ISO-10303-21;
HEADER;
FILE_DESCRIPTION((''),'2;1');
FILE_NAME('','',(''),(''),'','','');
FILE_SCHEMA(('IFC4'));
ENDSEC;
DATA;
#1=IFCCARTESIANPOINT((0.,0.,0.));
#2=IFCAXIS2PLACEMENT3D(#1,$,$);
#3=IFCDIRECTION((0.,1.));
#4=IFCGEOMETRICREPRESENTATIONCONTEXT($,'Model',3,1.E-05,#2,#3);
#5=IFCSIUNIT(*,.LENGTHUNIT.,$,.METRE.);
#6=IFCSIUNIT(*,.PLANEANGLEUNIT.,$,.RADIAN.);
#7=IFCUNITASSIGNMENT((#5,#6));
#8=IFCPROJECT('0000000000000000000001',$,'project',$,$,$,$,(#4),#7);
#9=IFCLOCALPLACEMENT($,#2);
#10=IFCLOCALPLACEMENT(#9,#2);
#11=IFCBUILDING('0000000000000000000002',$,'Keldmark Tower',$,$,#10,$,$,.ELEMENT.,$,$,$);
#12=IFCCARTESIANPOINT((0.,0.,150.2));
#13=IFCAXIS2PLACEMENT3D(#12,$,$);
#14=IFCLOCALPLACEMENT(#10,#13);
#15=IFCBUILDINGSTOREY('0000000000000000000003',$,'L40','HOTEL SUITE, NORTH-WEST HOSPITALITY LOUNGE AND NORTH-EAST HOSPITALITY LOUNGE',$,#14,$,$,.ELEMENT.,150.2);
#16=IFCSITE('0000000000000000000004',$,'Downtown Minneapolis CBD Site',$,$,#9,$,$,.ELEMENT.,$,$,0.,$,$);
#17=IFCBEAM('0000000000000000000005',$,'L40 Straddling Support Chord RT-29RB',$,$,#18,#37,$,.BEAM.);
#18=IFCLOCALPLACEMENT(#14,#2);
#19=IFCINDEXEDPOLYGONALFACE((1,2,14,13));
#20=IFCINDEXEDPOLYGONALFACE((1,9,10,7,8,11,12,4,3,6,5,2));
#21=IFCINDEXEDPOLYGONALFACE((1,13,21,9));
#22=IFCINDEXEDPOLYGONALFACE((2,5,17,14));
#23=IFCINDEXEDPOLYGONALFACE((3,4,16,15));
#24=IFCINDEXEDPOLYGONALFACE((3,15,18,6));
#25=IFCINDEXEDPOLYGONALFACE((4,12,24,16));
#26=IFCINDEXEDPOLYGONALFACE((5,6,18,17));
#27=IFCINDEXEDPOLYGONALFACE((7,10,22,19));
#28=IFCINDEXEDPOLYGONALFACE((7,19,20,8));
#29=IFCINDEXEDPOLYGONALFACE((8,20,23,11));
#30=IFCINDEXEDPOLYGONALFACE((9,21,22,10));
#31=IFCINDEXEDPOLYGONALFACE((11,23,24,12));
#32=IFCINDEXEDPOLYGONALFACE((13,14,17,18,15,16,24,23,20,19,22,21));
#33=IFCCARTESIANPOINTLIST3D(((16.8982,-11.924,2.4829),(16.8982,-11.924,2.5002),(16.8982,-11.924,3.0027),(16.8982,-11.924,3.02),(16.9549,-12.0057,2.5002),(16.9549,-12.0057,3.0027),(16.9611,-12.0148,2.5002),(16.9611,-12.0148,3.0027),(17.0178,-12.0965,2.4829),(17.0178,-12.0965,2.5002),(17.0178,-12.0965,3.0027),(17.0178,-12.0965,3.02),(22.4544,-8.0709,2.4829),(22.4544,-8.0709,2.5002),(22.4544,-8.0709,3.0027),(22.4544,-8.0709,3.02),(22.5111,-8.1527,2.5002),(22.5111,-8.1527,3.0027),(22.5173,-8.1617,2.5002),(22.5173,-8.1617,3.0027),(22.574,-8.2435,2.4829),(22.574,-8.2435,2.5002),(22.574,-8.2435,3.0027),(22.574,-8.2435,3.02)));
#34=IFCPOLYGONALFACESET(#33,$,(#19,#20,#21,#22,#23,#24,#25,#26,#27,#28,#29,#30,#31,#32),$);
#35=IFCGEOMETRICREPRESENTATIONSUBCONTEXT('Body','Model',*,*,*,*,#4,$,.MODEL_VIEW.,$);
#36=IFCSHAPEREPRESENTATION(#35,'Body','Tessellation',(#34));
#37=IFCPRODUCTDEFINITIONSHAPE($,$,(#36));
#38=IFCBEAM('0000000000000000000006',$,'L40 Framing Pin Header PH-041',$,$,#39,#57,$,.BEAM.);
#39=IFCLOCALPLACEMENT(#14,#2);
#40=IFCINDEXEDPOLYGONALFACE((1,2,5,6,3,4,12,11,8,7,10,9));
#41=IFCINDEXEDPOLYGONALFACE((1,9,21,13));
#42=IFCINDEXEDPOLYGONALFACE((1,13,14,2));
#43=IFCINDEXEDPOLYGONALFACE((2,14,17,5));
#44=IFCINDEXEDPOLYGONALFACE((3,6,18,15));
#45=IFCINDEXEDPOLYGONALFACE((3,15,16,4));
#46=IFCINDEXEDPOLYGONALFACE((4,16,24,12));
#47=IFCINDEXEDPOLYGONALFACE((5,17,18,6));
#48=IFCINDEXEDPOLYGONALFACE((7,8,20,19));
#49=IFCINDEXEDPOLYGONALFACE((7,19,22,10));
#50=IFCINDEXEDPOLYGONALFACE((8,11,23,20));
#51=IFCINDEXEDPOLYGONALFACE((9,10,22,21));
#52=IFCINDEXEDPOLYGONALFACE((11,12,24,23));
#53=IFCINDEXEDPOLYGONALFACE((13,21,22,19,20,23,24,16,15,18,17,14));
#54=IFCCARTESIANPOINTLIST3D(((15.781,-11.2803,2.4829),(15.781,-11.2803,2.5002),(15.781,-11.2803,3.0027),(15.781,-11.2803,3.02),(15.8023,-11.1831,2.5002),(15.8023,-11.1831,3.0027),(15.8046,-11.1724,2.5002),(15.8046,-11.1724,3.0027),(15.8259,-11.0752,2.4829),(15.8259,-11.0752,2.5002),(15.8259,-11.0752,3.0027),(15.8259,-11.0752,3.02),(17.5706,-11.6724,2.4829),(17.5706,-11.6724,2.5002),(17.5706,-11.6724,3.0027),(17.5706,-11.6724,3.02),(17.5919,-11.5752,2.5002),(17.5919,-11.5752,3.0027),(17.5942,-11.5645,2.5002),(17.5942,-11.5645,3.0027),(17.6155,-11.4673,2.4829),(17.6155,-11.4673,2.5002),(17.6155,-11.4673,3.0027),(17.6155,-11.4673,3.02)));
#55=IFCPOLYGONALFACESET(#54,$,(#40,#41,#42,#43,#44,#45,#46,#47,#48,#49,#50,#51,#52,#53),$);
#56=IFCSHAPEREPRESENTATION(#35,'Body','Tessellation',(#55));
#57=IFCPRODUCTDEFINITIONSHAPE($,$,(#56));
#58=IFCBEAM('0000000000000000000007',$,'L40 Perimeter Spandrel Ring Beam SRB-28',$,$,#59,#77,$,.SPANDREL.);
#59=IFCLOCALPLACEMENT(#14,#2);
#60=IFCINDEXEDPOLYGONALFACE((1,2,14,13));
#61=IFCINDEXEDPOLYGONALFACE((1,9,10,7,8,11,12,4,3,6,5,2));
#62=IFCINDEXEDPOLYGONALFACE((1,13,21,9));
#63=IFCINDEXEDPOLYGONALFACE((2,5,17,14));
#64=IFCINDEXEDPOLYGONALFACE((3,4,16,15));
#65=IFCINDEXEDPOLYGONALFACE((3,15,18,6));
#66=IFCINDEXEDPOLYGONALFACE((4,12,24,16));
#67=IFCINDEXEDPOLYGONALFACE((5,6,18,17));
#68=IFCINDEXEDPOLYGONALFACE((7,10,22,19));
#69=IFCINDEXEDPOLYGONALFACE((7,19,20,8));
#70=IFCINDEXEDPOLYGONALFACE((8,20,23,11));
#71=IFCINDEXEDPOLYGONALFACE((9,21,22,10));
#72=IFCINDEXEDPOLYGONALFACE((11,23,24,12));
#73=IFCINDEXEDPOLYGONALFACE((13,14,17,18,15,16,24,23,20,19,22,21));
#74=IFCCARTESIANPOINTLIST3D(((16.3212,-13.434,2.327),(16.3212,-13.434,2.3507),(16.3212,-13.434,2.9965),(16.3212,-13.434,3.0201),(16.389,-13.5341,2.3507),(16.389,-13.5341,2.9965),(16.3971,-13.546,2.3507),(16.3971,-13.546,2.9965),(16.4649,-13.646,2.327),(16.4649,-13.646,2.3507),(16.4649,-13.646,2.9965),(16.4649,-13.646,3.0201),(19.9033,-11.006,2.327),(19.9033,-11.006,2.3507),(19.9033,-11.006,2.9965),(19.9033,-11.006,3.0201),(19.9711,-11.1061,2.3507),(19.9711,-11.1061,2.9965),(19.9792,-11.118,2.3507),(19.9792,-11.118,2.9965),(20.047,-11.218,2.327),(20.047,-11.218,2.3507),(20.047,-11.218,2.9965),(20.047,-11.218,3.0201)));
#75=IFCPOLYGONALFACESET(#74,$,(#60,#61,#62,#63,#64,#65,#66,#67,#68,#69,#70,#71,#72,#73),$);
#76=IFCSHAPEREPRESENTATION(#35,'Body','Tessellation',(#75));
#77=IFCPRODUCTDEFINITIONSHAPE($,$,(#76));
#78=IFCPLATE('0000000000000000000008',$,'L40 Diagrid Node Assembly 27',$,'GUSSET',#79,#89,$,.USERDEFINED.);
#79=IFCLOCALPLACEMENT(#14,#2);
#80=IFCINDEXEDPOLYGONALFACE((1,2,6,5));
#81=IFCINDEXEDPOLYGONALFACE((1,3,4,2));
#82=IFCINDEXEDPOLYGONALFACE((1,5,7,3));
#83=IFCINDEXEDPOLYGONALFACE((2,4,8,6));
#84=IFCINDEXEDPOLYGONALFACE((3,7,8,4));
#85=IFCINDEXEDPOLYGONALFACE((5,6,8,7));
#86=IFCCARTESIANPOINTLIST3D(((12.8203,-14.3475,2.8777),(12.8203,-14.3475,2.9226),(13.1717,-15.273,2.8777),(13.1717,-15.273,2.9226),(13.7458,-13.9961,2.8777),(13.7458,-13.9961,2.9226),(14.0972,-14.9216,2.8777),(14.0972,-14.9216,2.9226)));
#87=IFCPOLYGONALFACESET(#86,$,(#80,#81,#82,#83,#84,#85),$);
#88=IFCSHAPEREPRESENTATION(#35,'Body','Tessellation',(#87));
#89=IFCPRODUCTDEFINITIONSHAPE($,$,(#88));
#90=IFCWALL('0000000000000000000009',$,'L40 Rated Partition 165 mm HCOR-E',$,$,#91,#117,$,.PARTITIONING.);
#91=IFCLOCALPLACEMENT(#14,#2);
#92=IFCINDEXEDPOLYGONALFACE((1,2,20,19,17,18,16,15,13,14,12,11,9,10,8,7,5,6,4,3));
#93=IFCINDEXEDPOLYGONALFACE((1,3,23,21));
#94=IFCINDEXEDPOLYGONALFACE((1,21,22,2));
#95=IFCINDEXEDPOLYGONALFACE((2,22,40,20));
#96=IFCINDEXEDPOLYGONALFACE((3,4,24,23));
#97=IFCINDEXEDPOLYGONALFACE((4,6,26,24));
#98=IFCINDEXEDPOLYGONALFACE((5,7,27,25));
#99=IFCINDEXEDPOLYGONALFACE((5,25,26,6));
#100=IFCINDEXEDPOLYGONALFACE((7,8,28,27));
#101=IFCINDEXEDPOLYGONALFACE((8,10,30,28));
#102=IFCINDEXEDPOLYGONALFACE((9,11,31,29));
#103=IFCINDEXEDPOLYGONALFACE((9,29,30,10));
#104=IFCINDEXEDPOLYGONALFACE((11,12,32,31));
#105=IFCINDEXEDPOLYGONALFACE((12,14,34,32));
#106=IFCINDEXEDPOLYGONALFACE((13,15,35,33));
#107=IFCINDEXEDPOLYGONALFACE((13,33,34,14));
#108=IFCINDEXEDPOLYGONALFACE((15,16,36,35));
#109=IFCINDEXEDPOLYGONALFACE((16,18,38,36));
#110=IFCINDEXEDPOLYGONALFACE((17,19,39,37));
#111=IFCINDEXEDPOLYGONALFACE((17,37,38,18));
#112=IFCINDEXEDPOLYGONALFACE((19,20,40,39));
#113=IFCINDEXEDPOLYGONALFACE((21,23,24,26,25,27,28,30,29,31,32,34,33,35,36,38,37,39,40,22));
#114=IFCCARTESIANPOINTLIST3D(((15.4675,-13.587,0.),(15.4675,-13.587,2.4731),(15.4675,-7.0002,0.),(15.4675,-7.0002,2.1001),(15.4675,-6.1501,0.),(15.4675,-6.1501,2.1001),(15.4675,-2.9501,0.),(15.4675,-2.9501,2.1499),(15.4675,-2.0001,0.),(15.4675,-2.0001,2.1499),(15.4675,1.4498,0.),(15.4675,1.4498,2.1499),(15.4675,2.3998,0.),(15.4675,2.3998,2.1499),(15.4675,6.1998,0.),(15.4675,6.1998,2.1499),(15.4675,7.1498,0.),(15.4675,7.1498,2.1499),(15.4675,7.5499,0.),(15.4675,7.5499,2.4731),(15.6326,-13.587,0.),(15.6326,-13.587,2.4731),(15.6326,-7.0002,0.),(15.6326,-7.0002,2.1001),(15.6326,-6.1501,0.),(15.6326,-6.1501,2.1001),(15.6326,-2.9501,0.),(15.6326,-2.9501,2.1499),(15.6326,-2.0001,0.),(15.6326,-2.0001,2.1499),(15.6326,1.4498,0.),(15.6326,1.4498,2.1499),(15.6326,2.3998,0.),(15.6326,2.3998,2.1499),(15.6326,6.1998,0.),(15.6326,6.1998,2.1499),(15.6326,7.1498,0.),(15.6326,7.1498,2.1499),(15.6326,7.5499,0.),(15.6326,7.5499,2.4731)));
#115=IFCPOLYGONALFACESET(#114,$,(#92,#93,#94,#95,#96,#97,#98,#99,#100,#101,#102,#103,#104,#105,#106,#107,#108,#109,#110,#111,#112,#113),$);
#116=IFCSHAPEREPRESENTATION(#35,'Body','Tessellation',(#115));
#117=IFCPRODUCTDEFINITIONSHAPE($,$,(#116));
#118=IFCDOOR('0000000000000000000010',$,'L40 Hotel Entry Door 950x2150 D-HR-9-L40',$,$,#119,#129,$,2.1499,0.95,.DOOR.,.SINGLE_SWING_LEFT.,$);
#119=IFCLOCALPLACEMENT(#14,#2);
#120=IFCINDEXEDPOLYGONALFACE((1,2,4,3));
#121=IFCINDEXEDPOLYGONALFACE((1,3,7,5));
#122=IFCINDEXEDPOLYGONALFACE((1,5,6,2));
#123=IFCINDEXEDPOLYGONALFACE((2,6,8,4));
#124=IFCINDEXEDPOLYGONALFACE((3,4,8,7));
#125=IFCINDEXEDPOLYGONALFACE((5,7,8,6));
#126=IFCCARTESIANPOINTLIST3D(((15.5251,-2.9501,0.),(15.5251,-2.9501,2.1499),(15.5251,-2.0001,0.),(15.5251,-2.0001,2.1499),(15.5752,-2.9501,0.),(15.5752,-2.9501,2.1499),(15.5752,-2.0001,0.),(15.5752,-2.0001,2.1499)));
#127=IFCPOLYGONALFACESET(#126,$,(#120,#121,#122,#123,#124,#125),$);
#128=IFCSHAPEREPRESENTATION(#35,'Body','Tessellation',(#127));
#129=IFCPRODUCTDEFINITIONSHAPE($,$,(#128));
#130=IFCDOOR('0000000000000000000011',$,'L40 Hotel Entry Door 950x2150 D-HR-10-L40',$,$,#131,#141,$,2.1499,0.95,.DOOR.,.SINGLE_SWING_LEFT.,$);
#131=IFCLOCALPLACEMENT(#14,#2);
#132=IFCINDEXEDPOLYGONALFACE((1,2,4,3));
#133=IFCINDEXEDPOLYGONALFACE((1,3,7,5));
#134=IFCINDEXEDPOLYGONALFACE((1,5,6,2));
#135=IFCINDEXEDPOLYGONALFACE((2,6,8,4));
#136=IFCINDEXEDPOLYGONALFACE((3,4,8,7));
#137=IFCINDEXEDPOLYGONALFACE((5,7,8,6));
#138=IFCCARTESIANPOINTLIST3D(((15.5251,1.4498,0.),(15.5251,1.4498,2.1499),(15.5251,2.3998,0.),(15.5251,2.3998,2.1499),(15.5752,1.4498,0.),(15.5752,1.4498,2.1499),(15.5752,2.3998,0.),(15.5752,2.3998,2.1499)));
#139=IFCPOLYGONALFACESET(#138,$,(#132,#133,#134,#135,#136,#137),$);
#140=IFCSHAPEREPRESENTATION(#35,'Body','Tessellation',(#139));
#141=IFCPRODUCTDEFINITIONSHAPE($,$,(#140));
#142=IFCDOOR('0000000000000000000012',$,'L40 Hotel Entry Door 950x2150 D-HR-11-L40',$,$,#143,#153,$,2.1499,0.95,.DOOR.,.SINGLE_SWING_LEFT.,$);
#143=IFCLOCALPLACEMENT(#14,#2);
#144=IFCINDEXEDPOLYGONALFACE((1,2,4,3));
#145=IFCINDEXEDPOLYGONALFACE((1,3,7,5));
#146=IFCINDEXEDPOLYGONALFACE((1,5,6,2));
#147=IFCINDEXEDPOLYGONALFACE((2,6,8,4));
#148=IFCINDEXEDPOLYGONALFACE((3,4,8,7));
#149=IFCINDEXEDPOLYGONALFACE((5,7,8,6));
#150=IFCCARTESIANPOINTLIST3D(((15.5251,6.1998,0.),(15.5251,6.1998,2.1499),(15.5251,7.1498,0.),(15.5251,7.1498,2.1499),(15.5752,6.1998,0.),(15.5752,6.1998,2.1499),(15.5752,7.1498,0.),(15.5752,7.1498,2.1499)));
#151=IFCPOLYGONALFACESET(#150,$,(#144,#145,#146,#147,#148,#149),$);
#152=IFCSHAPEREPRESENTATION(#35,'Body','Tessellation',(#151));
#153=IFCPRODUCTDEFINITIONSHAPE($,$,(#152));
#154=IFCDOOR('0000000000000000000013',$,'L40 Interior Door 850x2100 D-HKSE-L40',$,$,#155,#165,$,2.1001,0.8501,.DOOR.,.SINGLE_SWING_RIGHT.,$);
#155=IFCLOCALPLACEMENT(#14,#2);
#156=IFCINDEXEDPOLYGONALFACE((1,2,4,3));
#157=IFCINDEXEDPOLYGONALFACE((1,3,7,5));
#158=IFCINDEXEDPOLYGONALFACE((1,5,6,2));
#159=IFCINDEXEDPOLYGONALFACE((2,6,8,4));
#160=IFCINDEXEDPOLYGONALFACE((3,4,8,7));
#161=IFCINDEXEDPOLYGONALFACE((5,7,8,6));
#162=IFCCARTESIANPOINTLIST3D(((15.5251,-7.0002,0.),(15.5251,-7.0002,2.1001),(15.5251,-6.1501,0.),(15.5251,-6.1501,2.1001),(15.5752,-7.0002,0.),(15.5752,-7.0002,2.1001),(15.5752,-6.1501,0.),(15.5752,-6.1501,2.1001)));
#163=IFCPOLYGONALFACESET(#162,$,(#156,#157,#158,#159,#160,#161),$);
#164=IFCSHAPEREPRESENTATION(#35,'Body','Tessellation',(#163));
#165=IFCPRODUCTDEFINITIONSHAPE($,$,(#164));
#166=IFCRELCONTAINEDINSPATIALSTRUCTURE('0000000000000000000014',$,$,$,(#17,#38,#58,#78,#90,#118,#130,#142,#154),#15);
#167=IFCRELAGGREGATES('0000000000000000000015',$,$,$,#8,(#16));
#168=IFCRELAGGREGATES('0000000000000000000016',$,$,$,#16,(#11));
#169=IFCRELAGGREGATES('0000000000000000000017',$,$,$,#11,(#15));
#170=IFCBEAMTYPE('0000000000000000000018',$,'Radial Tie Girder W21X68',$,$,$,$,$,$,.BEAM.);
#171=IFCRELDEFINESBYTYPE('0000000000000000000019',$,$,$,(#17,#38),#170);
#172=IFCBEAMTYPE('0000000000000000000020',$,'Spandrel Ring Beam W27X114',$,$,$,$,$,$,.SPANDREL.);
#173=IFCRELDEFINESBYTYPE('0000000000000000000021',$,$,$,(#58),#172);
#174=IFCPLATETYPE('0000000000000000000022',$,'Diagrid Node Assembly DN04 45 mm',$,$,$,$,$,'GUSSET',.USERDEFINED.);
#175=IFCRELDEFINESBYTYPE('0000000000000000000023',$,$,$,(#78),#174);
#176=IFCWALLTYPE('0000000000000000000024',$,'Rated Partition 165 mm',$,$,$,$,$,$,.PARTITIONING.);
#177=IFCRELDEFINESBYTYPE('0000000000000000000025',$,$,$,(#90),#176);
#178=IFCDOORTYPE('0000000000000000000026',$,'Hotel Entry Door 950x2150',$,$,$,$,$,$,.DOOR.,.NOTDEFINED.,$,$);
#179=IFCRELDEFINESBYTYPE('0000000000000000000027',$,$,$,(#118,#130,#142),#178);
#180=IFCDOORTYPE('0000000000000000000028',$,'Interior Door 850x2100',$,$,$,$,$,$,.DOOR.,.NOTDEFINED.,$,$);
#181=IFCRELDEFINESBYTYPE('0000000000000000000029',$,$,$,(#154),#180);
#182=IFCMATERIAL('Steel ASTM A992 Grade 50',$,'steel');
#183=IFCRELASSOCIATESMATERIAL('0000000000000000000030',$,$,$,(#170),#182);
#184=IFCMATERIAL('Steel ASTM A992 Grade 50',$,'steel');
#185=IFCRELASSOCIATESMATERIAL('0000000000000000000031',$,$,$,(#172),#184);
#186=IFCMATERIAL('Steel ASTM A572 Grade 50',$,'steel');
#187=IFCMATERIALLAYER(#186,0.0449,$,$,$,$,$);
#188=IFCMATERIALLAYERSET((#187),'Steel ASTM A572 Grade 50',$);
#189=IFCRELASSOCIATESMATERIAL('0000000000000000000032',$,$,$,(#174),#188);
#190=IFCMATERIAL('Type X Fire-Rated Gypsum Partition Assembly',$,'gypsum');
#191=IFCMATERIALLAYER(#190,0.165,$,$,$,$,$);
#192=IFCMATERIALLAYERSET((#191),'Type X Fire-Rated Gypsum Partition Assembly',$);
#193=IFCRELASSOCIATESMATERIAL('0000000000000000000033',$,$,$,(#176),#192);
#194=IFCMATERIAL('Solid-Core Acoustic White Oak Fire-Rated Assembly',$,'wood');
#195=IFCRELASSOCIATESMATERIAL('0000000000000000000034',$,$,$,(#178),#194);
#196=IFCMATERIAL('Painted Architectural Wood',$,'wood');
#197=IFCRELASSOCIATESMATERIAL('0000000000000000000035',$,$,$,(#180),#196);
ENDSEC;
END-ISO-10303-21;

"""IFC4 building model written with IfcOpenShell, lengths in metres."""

from ifc_helpers import new_model, si_unit, direction, frame, frame_2d, origin, origin_2d, place, context, subcontext, project, spatial, rectangle, i_section, extrude, material, layer, layer_set, material_profile, profile_set, type_object, element, fill, save


model = new_model("IFC4")

# Units and contexts
model_context = context("Model", 3, precision=1e-05, world=origin(), true_north=direction((0.0, 1.0)))
body_context = subcontext(model_context, "Body", "Model", "MODEL_VIEW")
ifc_project = project(units=[si_unit("LENGTHUNIT", "METRE"), si_unit("PLANEANGLEUNIT", "RADIAN")], contexts=[model_context])

# Site, building, storey
site_placement = place(None, origin())
site = spatial("IfcSite", under=ifc_project, at=site_placement, Name="Downtown Minneapolis CBD Site", CompositionType="ELEMENT", RefElevation=0.0)
building_placement = place(site_placement, origin())
building = spatial("IfcBuilding", under=site, at=building_placement, Name="Keldmark Tower", CompositionType="ELEMENT")
storey_placement = place(building_placement, frame((0.0, 0.0, 150.2)))
storey = spatial("IfcBuildingStorey", under=building, at=storey_placement, Name="L40", Description="HOTEL SUITE, NORTH-WEST HOSPITALITY LOUNGE AND NORTH-EAST HOSPITALITY LOUNGE", CompositionType="ELEMENT", Elevation=150.2)

# Beams
ifc_material_1 = material(Name="Steel ASTM A992 Grade 50", Category="steel")
ifc_material_profile_1 = material_profile(ifc_material_1, i_section(OverallWidth=0.21, OverallDepth=0.5371, WebThickness=0.011, FlangeThickness=0.0173, at=origin_2d()), Name="W21X68")
ifc_profile_set_1 = profile_set([ifc_material_profile_1], Name="Steel ASTM A992 Grade 50")
beam_type_1 = type_object("IfcBeamType", Name="Radial Tie Girder W21X68", PredefinedType="BEAM", material=ifc_profile_set_1)
beam_1_placement = place(storey_placement, frame((16.958, -12.0103, 2.7515), z_axis=(0.821745, 0.569856, 0.0), x_axis=(-0.569856, 0.821745, 0.0)))
element("IfcBeam", 1, at=beam_1_placement, inside=storey, type_object=beam_type_1, Name="L40 Straddling Support Chord RT-29RB", PredefinedType="BEAM", context=body_context, shape_type="SweptSolid", body=[
    extrude(i_section(OverallWidth=0.21, OverallDepth=0.5371, WebThickness=0.011, FlangeThickness=0.0173, at=origin_2d()), origin(), (0.0, 0.0, 1.0), 6.7615),
])
beam_2_placement = place(storey_placement, frame((15.8035, -11.1777, 2.7515), z_axis=(0.976829, -0.214023, 0.0), x_axis=(0.214023, 0.976829, 0.0)))
element("IfcBeam", 2, at=beam_2_placement, inside=storey, type_object=beam_type_1, Name="L40 Framing Pin Header PH-041", PredefinedType="BEAM", context=body_context, shape_type="SweptSolid", body=[
    extrude(i_section(OverallWidth=0.21, OverallDepth=0.5371, WebThickness=0.011, FlangeThickness=0.0173, at=origin_2d()), origin(), (0.0, 0.0, 1.0), 1.832),
])
ifc_material_2 = material(Name="Steel ASTM A992 Grade 50", Category="steel")
ifc_material_profile_2 = material_profile(ifc_material_2, i_section(OverallWidth=0.2561, OverallDepth=0.6931, WebThickness=0.0144, FlangeThickness=0.0237, at=origin_2d()), Name="W27X114")
ifc_profile_set_2 = profile_set([ifc_material_profile_2], Name="Steel ASTM A992 Grade 50")
beam_type_2 = type_object("IfcBeamType", Name="Spandrel Ring Beam W27X114", PredefinedType="SPANDREL", material=ifc_profile_set_2)
beam_3_placement = place(storey_placement, frame((16.3931, -13.54, 2.6736), z_axis=(0.827764, 0.561076, 0.0), x_axis=(-0.561076, 0.827764, 0.0)))
element("IfcBeam", 3, at=beam_3_placement, inside=storey, type_object=beam_type_2, Name="L40 Perimeter Spandrel Ring Beam SRB-28", PredefinedType="SPANDREL", context=body_context, shape_type="SweptSolid", body=[
    extrude(i_section(OverallWidth=0.2561, OverallDepth=0.6931, WebThickness=0.0144, FlangeThickness=0.0237, at=origin_2d()), origin(), (0.0, 0.0, 1.0), 4.3274),
])

# Plate
ifc_material_3 = material(Name="Steel ASTM A572 Grade 50", Category="steel")
ifc_layer_1 = layer(ifc_material_3, 0.0449)
ifc_layer_set_1 = layer_set([ifc_layer_1], Name="Steel ASTM A572 Grade 50")
plate_type = type_object("IfcPlateType", Name="Diagrid Node Assembly DN04 45 mm", ElementType="GUSSET", PredefinedType="USERDEFINED", material=ifc_layer_set_1)
plate_placement = place(storey_placement, frame((13.4587, -14.6345, 2.8777), z_axis=(0.0, 0.0, 1.0), x_axis=(0.934888, 0.354944, 0.0)))
element("IfcPlate", 4, at=plate_placement, inside=storey, type_object=plate_type, Name="L40 Diagrid Node Assembly 27", ObjectType="GUSSET", PredefinedType="USERDEFINED", context=body_context, shape_type="SweptSolid", body=[
    extrude(rectangle(XDim=0.99, YDim=0.99, at=origin_2d()), origin(), (0.0, 0.0, 1.0), 0.0449),
])

# Wall, openings, doors
ifc_material_4 = material(Name="Type X Fire-Rated Gypsum Partition Assembly", Category="gypsum")
ifc_layer_2 = layer(ifc_material_4, 0.165)
ifc_layer_set_2 = layer_set([ifc_layer_2], Name="Type X Fire-Rated Gypsum Partition Assembly")
wall_type_1 = type_object("IfcWallType", Name="Rated Partition 165 mm", PredefinedType="PARTITIONING", material=ifc_layer_set_2)
wall_1_placement = place(storey_placement, frame((15.55, -13.5869, 0.0), z_axis=(0.0, 0.0, 1.0), x_axis=(0.0, 1.0, 0.0)))
wall_1 = element("IfcWall", 5, at=wall_1_placement, inside=storey, type_object=wall_type_1, Name="L40 Rated Partition 165 mm HCOR-E", PredefinedType="PARTITIONING", context=body_context, shape_type="SweptSolid", body=[
    extrude(rectangle(XDim=21.137, YDim=0.165, at=frame_2d((10.5684, 0.0))), origin(), (0.0, 0.0, 1.0), 2.4731),
])
opening_1_placement = place(wall_1_placement, frame((6.5867, 0.0, 0.0)))
opening_1 = element("IfcOpeningElement", 6, at=opening_1_placement, cuts=wall_1, PredefinedType="OPENING", context=body_context, shape_type="SweptSolid", body=[
    extrude(rectangle(XDim=0.8501, YDim=2.1001, at=frame_2d((0.425, 1.05))), frame((0.0, 0.0925, 0.0), z_axis=(0.0, -1.0, 0.0), x_axis=(1.0, 0.0, 0.0)), (0.0, 0.0, 1.0), 0.1851),
])
opening_2_placement = place(wall_1_placement, frame((10.6367, 0.0, 0.0)))
opening_2 = element("IfcOpeningElement", 7, at=opening_2_placement, cuts=wall_1, PredefinedType="OPENING", context=body_context, shape_type="SweptSolid", body=[
    extrude(rectangle(XDim=0.95, YDim=2.1499, at=frame_2d((0.4751, 1.075))), frame((0.0, 0.0925, 0.0), z_axis=(0.0, -1.0, 0.0), x_axis=(1.0, 0.0, 0.0)), (0.0, 0.0, 1.0), 0.1851),
])
opening_3_placement = place(wall_1_placement, frame((15.0366, 0.0, 0.0)))
opening_3 = element("IfcOpeningElement", 8, at=opening_3_placement, cuts=wall_1, PredefinedType="OPENING", context=body_context, shape_type="SweptSolid", body=[
    extrude(rectangle(XDim=0.95, YDim=2.1499, at=frame_2d((0.4751, 1.075))), frame((0.0, 0.0925, 0.0), z_axis=(0.0, -1.0, 0.0), x_axis=(1.0, 0.0, 0.0)), (0.0, 0.0, 1.0), 0.1851),
])
opening_4_placement = place(wall_1_placement, frame((19.7866, 0.0, 0.0)))
opening_4 = element("IfcOpeningElement", 9, at=opening_4_placement, cuts=wall_1, PredefinedType="OPENING", context=body_context, shape_type="SweptSolid", body=[
    extrude(rectangle(XDim=0.95, YDim=2.1499, at=frame_2d((0.4751, 1.075))), frame((0.0, 0.0925, 0.0), z_axis=(0.0, -1.0, 0.0), x_axis=(1.0, 0.0, 0.0)), (0.0, 0.0, 1.0), 0.1851),
])
ifc_material_5 = material(Name="Solid-Core Acoustic White Oak Fire-Rated Assembly", Category="wood")
door_type_1 = type_object("IfcDoorType", Name="Hotel Entry Door 950x2150", OperationType="NOTDEFINED", PredefinedType="DOOR", material=ifc_material_5)
door_1_placement = place(opening_2_placement, origin())
door_1 = element("IfcDoor", 10, at=door_1_placement, inside=storey, type_object=door_type_1, Name="L40 Hotel Entry Door 950x2150 D-HR-9-L40", OperationType="SINGLE_SWING_LEFT", OverallHeight=2.1499, OverallWidth=0.95, PredefinedType="DOOR", context=body_context, shape_type="SweptSolid", body=[
    extrude(rectangle(XDim=0.95, YDim=2.1499, at=frame_2d((0.4751, 1.075))), frame((0.0, 0.0249, 0.0), z_axis=(0.0, -1.0, 0.0), x_axis=(1.0, 0.0, 0.0)), (0.0, 0.0, 1.0), 0.05),
])
fill(opening_2, door_1)
door_2_placement = place(opening_3_placement, origin())
door_2 = element("IfcDoor", 11, at=door_2_placement, inside=storey, type_object=door_type_1, Name="L40 Hotel Entry Door 950x2150 D-HR-10-L40", OperationType="SINGLE_SWING_LEFT", OverallHeight=2.1499, OverallWidth=0.95, PredefinedType="DOOR", context=body_context, shape_type="SweptSolid", body=[
    extrude(rectangle(XDim=0.95, YDim=2.1499, at=frame_2d((0.4751, 1.075))), frame((0.0, 0.0249, 0.0), z_axis=(0.0, -1.0, 0.0), x_axis=(1.0, 0.0, 0.0)), (0.0, 0.0, 1.0), 0.05),
])
fill(opening_3, door_2)
door_3_placement = place(opening_4_placement, origin())
door_3 = element("IfcDoor", 12, at=door_3_placement, inside=storey, type_object=door_type_1, Name="L40 Hotel Entry Door 950x2150 D-HR-11-L40", OperationType="SINGLE_SWING_LEFT", OverallHeight=2.1499, OverallWidth=0.95, PredefinedType="DOOR", context=body_context, shape_type="SweptSolid", body=[
    extrude(rectangle(XDim=0.95, YDim=2.1499, at=frame_2d((0.4751, 1.075))), frame((0.0, 0.0249, 0.0), z_axis=(0.0, -1.0, 0.0), x_axis=(1.0, 0.0, 0.0)), (0.0, 0.0, 1.0), 0.05),
])
fill(opening_4, door_3)
ifc_material_6 = material(Name="Painted Architectural Wood", Category="wood")
door_type_2 = type_object("IfcDoorType", Name="Interior Door 850x2100", OperationType="NOTDEFINED", PredefinedType="DOOR", material=ifc_material_6)
door_4_placement = place(opening_1_placement, origin())
door_4 = element("IfcDoor", 13, at=door_4_placement, inside=storey, type_object=door_type_2, Name="L40 Interior Door 850x2100 D-HKSE-L40", OperationType="SINGLE_SWING_RIGHT", OverallHeight=2.1001, OverallWidth=0.8501, PredefinedType="DOOR", context=body_context, shape_type="SweptSolid", body=[
    extrude(rectangle(XDim=0.8501, YDim=2.1001, at=frame_2d((0.425, 1.05))), frame((0.0, 0.0249, 0.0), z_axis=(0.0, -1.0, 0.0), x_axis=(1.0, 0.0, 0.0)), (0.0, 0.0, 1.0), 0.05),
])
fill(opening_1, door_4)

save(model, "model.ifc")
